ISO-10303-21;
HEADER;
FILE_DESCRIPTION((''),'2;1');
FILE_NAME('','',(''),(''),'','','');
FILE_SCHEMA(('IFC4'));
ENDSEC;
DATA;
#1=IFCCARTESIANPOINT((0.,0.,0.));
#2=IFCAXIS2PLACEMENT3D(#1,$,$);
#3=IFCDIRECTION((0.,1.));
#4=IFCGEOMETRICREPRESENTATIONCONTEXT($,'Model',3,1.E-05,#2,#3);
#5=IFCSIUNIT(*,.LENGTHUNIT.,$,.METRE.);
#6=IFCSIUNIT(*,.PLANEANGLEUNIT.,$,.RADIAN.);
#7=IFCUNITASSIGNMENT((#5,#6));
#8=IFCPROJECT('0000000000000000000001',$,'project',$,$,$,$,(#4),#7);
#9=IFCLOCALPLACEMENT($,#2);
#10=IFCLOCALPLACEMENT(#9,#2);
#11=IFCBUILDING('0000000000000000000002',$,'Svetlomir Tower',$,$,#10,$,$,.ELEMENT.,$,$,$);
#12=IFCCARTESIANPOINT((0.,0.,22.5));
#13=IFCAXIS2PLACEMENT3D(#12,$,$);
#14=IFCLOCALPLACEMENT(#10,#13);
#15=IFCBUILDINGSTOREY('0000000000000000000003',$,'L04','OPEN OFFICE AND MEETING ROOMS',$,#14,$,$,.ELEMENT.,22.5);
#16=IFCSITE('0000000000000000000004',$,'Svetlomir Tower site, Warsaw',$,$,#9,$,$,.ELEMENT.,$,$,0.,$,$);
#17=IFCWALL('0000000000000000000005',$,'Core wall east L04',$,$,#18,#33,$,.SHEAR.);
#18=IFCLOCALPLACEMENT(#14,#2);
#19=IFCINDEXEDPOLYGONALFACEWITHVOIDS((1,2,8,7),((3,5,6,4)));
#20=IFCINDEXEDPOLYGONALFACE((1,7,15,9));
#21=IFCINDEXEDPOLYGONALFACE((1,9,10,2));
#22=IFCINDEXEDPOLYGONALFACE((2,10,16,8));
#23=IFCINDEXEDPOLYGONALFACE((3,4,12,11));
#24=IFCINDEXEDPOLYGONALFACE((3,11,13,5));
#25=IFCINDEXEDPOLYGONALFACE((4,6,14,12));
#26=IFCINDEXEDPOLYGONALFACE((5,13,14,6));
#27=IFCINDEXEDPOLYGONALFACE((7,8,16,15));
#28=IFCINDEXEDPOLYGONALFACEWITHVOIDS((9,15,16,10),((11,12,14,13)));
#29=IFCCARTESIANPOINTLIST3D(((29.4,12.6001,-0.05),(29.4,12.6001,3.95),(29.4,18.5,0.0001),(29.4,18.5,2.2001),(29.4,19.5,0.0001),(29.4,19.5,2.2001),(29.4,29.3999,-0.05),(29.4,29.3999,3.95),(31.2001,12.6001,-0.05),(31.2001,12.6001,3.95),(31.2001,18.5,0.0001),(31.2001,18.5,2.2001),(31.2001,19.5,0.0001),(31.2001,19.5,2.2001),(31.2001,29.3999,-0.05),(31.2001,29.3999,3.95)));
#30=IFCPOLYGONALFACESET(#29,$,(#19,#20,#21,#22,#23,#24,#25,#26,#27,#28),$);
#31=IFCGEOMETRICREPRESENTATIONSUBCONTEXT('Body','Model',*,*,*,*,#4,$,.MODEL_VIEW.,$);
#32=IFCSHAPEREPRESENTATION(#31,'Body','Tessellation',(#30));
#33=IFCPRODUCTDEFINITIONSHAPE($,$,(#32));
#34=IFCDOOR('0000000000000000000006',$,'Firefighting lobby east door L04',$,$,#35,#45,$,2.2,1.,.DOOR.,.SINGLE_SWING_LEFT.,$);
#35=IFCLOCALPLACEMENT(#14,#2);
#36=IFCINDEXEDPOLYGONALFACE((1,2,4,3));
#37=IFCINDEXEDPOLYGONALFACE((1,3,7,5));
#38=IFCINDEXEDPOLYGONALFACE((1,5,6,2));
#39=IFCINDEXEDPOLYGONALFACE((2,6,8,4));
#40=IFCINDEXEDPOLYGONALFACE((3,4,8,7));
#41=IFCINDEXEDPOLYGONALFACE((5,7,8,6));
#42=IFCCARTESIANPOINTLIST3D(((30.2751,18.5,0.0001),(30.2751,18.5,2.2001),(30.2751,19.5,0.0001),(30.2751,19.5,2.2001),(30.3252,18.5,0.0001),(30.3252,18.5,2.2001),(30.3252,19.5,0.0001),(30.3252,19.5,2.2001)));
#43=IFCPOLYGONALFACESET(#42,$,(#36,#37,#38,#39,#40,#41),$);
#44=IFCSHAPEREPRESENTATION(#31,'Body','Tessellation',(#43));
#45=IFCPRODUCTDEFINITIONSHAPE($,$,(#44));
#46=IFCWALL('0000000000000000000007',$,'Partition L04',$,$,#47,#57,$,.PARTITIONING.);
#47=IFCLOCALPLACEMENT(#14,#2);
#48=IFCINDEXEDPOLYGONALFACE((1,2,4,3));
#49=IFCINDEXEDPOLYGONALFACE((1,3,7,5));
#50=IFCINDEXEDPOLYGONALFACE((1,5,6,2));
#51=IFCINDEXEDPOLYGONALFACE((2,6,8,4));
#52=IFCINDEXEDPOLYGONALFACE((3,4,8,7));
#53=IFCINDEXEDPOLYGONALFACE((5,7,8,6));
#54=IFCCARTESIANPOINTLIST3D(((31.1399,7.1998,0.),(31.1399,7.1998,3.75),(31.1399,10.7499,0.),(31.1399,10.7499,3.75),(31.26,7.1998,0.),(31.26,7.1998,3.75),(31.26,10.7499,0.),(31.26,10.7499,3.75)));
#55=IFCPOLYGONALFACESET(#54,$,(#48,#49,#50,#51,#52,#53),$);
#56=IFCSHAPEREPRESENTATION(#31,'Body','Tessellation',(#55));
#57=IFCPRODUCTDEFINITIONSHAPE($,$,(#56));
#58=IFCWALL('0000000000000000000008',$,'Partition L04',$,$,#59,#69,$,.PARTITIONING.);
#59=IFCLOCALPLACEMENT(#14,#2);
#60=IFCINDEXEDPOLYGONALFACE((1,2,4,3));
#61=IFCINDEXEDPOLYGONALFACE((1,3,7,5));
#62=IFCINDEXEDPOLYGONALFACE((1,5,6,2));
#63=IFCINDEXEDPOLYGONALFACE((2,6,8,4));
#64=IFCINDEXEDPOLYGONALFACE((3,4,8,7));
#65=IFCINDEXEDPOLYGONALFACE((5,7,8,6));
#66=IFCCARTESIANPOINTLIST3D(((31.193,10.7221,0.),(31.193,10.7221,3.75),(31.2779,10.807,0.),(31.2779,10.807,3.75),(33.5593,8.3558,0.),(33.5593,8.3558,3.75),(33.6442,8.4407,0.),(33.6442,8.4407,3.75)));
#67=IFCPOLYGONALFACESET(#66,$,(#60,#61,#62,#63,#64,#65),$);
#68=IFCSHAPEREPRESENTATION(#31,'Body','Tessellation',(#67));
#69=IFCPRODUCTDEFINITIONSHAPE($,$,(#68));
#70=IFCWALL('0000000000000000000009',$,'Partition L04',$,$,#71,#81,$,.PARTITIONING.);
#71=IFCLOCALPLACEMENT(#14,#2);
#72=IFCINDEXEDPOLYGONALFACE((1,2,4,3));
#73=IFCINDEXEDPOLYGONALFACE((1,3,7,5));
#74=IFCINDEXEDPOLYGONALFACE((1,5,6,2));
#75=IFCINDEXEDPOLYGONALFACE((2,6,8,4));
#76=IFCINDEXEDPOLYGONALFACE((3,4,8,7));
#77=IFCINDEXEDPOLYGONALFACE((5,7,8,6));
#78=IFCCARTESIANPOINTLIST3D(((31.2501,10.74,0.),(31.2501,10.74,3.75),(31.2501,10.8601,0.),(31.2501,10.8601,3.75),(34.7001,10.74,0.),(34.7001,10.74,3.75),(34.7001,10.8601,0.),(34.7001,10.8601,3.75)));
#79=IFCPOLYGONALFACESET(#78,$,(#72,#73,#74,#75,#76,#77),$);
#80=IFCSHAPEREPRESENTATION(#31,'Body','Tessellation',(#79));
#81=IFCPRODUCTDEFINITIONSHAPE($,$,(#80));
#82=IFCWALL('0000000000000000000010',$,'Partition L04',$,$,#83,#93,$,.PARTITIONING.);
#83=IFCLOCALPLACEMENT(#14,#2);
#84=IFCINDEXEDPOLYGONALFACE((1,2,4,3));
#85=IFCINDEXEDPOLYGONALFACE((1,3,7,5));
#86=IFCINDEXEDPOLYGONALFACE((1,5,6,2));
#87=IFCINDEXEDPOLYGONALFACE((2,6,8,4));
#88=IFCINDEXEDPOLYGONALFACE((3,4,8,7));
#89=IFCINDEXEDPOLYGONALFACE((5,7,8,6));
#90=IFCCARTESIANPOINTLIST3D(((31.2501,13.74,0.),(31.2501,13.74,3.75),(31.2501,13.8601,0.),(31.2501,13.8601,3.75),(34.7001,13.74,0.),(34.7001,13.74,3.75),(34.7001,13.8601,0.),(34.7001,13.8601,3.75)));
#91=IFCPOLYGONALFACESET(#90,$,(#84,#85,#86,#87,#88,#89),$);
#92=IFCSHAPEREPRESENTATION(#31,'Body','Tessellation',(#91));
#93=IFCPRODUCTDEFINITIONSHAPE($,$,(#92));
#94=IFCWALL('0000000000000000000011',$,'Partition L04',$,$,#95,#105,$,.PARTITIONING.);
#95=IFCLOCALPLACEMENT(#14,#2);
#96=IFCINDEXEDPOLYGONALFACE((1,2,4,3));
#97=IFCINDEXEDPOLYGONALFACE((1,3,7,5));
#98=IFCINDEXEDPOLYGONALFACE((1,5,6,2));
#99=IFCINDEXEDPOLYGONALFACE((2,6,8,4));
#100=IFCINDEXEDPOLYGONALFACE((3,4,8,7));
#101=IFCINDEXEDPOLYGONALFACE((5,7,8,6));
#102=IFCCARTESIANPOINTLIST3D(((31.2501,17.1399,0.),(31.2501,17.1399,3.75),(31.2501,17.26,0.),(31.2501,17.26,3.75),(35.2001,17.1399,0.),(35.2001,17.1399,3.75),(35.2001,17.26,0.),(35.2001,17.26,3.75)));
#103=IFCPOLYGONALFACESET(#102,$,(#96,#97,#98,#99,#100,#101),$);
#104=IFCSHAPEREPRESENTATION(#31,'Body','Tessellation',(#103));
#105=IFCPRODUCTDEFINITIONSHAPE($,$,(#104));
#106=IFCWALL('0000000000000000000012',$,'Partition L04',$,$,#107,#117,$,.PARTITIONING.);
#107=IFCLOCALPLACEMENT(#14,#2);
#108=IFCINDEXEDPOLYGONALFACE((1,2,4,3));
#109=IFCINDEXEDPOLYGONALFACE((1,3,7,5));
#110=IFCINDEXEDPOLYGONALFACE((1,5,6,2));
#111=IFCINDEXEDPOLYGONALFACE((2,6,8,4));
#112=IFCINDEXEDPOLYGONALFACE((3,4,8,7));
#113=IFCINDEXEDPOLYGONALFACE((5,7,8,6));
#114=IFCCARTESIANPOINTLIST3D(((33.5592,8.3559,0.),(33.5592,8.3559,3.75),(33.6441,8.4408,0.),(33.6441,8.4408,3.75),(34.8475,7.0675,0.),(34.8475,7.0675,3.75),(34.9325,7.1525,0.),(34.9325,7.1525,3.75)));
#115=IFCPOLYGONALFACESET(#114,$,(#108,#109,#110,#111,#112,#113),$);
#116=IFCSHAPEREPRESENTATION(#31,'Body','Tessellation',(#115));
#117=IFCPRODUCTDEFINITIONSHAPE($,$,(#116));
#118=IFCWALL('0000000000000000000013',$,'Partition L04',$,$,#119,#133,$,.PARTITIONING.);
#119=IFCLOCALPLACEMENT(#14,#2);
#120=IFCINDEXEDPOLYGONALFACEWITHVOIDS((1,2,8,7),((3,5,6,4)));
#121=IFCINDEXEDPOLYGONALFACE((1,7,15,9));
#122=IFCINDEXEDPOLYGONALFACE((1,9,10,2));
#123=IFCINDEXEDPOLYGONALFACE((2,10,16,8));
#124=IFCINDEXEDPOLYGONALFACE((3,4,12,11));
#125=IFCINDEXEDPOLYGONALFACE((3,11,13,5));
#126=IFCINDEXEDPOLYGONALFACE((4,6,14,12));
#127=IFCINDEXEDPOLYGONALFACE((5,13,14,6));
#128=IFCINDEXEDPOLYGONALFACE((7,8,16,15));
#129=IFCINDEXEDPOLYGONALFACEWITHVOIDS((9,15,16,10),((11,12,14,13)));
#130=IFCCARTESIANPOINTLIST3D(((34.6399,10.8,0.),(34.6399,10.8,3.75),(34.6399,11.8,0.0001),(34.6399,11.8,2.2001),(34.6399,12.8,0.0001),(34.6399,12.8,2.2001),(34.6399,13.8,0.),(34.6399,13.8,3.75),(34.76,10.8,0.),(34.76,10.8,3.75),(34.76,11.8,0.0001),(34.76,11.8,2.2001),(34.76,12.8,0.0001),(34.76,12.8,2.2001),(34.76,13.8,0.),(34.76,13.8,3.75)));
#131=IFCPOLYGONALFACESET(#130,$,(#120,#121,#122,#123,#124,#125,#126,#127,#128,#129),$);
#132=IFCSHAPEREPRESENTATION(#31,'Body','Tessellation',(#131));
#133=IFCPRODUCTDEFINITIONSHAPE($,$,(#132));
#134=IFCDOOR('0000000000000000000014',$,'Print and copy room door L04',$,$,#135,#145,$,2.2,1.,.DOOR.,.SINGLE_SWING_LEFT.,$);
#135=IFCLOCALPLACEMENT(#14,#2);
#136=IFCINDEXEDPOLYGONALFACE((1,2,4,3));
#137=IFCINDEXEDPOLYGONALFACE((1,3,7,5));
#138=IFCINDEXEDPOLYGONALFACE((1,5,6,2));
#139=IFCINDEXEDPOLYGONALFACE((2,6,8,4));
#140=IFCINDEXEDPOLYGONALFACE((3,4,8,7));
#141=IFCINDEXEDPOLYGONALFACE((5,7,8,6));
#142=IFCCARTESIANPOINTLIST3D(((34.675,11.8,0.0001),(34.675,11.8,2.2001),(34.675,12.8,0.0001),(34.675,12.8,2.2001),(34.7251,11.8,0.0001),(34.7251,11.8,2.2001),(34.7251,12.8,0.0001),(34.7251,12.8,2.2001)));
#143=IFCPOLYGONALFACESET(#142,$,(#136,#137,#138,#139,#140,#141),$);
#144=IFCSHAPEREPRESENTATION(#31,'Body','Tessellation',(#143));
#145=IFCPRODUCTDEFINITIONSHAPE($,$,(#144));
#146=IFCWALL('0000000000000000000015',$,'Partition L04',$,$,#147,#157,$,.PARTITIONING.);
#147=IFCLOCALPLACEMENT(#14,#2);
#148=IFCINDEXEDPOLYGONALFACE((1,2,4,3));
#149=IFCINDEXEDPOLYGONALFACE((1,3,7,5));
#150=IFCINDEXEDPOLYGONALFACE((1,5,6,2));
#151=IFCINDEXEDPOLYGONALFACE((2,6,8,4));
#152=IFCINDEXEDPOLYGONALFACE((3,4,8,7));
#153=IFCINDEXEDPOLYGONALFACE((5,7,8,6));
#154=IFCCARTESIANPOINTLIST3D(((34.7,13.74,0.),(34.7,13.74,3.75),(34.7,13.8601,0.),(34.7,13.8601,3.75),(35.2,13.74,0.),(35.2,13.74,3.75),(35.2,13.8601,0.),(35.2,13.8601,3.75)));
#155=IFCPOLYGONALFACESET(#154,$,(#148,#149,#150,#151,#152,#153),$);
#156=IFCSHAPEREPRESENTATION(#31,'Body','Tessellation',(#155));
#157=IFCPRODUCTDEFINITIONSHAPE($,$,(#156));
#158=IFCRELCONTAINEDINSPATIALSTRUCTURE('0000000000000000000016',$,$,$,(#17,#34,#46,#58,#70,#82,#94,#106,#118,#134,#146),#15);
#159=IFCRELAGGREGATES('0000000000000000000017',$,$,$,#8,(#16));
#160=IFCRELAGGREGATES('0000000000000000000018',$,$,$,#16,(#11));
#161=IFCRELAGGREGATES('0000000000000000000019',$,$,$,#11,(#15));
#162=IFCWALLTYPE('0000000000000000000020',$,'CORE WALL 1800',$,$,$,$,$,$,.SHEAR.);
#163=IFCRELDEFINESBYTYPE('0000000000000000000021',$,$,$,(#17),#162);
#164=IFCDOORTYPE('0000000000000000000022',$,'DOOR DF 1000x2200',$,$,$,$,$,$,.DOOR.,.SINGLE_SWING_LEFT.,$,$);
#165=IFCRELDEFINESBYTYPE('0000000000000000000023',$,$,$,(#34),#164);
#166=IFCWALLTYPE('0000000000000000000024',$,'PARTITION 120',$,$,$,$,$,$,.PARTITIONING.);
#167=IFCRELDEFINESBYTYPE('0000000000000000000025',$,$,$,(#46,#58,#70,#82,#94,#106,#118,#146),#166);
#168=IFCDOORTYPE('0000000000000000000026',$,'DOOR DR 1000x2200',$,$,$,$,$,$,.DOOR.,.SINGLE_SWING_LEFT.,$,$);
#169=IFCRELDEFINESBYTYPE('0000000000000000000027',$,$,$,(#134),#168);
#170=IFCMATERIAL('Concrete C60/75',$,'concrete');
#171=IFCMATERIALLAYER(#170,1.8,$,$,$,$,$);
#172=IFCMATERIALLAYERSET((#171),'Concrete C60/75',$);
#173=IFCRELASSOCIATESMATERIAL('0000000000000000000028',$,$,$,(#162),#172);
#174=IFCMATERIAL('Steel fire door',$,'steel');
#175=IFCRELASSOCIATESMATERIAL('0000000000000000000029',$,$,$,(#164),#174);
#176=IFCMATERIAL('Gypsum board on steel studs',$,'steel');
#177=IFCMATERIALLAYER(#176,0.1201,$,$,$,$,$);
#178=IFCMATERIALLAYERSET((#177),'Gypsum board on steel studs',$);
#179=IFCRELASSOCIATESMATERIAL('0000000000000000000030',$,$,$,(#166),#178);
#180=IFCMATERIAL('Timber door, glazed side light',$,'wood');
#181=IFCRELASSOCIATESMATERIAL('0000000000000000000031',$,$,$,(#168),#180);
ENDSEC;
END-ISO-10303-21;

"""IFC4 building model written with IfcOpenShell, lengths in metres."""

from ifc_helpers import new_model, si_unit, direction, frame, frame_2d, origin, place, context, subcontext, project, spatial, rectangle, extrude, material, layer, layer_set, type_object, element, fill, save


model = new_model("IFC4")

# Units and contexts
model_context = context("Model", 3, precision=1e-05, world=origin(), true_north=direction((0.0, 1.0)))
body_context = subcontext(model_context, "Body", "Model", "MODEL_VIEW")
ifc_project = project(units=[si_unit("LENGTHUNIT", "METRE"), si_unit("PLANEANGLEUNIT", "RADIAN")], contexts=[model_context])

# Site, building, storey
site_placement = place(None, origin())
site = spatial("IfcSite", under=ifc_project, at=site_placement, Name="Svetlomir Tower site, Warsaw", CompositionType="ELEMENT", RefElevation=0.0)
building_placement = place(site_placement, origin())
building = spatial("IfcBuilding", under=site, at=building_placement, Name="Svetlomir Tower", CompositionType="ELEMENT")
storey_placement = place(building_placement, frame((0.0, 0.0, 22.5)))
storey = spatial("IfcBuildingStorey", under=building, at=storey_placement, Name="L04", Description="OPEN OFFICE AND MEETING ROOMS", CompositionType="ELEMENT", Elevation=22.5)

# Wall, opening, door
ifc_material_1 = material(Name="Concrete C60/75", Category="concrete")
ifc_layer_1 = layer(ifc_material_1, 1.8)
ifc_layer_set_1 = layer_set([ifc_layer_1], Name="Concrete C60/75")
wall_type_1 = type_object("IfcWallType", Name="CORE WALL 1800", PredefinedType="SHEAR", material=ifc_layer_set_1)
wall_1_placement = place(storey_placement, frame((30.3, 12.6001, -0.05), z_axis=(0.0, 0.0, 1.0), x_axis=(0.0, 1.0, 0.0)))
wall_1 = element("IfcWall", 1, at=wall_1_placement, inside=storey, type_object=wall_type_1, Name="Core wall east L04", PredefinedType="SHEAR", context=body_context, shape_type="SweptSolid", body=[
    extrude(rectangle(XDim=16.7998, YDim=1.8, at=frame_2d((8.3999, 0.0))), origin(), (0.0, 0.0, 1.0), 4.0),
])
opening_1_placement = place(wall_1_placement, frame((5.8999, 0.0, 0.05)))
opening_1 = element("IfcOpeningElement", 2, at=opening_1_placement, cuts=wall_1, PredefinedType="OPENING", context=body_context, shape_type="SweptSolid", body=[
    extrude(rectangle(XDim=1.0, YDim=2.2, at=frame_2d((0.5, 1.1001))), frame((0.0, 0.9102, 0.0), z_axis=(0.0, -1.0, 0.0), x_axis=(1.0, 0.0, 0.0)), (0.0, 0.0, 1.0), 1.8201),
])
ifc_material_2 = material(Name="Steel fire door", Category="steel")
door_type_1 = type_object("IfcDoorType", Name="DOOR DF 1000x2200", OperationType="SINGLE_SWING_LEFT", PredefinedType="DOOR", material=ifc_material_2)
door_1_placement = place(opening_1_placement, origin())
door_1 = element("IfcDoor", 3, at=door_1_placement, inside=storey, type_object=door_type_1, Name="Firefighting lobby east door L04", OperationType="SINGLE_SWING_LEFT", OverallHeight=2.2, OverallWidth=1.0, PredefinedType="DOOR", context=body_context, shape_type="SweptSolid", body=[
    extrude(rectangle(XDim=1.0, YDim=2.2, at=frame_2d((0.5, 1.1001))), frame((0.0, 0.0249, 0.0), z_axis=(0.0, -1.0, 0.0), x_axis=(1.0, 0.0, 0.0)), (0.0, 0.0, 1.0), 0.05),
])
fill(opening_1, door_1)

# Walls
ifc_material_3 = material(Name="Gypsum board on steel studs", Category="steel")
ifc_layer_2 = layer(ifc_material_3, 0.1201)
ifc_layer_set_2 = layer_set([ifc_layer_2], Name="Gypsum board on steel studs")
wall_type_2 = type_object("IfcWallType", Name="PARTITION 120", PredefinedType="PARTITIONING", material=ifc_layer_set_2)
wall_2_placement = place(storey_placement, frame((31.2, 7.2, 0.0), z_axis=(0.0, 0.0, 1.0), x_axis=(0.0, 1.0, 0.0)))
element("IfcWall", 4, at=wall_2_placement, inside=storey, type_object=wall_type_2, Name="Partition L04", PredefinedType="PARTITIONING", context=body_context, shape_type="SweptSolid", body=[
    extrude(rectangle(XDim=3.55, YDim=0.1201, at=frame_2d((1.7749, 0.0))), origin(), (0.0, 0.0, 1.0), 3.75),
])
wall_3_placement = place(storey_placement, frame((31.2354, 10.7646, 0.0), z_axis=(0.0, 0.0, 1.0), x_axis=(0.707107, -0.707107, 0.0)))
element("IfcWall", 5, at=wall_3_placement, inside=storey, type_object=wall_type_2, Name="Partition L04", PredefinedType="PARTITIONING", context=body_context, shape_type="SweptSolid", body=[
    extrude(rectangle(XDim=3.3464, YDim=0.1201, at=frame_2d((1.6733, 0.0))), origin(), (0.0, 0.0, 1.0), 3.75),
])
for number, where, z_axis, x_axis, name in (
    (6, (31.25, 10.8, 0.0), (0.0, 0.0, 1.0), (1.0, 0.0, 0.0), "Partition L04"),
    (7, (31.25, 13.8, 0.0), (0.0, 0.0, 1.0), (1.0, 0.0, 0.0), "Partition L04"),
):
    element("IfcWall", number, at=place(storey_placement, frame(where, z_axis=z_axis, x_axis=x_axis)), inside=storey, type_object=wall_type_2, Name=name, PredefinedType="PARTITIONING", context=body_context, shape_type="SweptSolid", body=[
        extrude(rectangle(XDim=3.45, YDim=0.1201, at=frame_2d((1.7251, 0.0))), origin(), (0.0, 0.0, 1.0), 3.75),
    ])
wall_4_placement = place(storey_placement, frame((31.25, 17.2, 0.0), z_axis=(0.0, 0.0, 1.0), x_axis=(1.0, 0.0, 0.0)))
element("IfcWall", 8, at=wall_4_placement, inside=storey, type_object=wall_type_2, Name="Partition L04", PredefinedType="PARTITIONING", context=body_context, shape_type="SweptSolid", body=[
    extrude(rectangle(XDim=3.95, YDim=0.1201, at=frame_2d((1.9751, 0.0))), origin(), (0.0, 0.0, 1.0), 3.75),
])
wall_5_placement = place(storey_placement, frame((33.6016, 8.3984, 0.0), z_axis=(0.0, 0.0, 1.0), x_axis=(0.707107, -0.707107, 0.0)))
element("IfcWall", 9, at=wall_5_placement, inside=storey, type_object=wall_type_2, Name="Partition L04", PredefinedType="PARTITIONING", context=body_context, shape_type="SweptSolid", body=[
    extrude(rectangle(XDim=1.822, YDim=0.1201, at=frame_2d((0.9111, 0.0))), origin(), (0.0, 0.0, 1.0), 3.75),
])

# Wall, opening, door
wall_6_placement = place(storey_placement, frame((34.7, 10.8, 0.0), z_axis=(0.0, 0.0, 1.0), x_axis=(0.0, 1.0, 0.0)))
wall_6 = element("IfcWall", 10, at=wall_6_placement, inside=storey, type_object=wall_type_2, Name="Partition L04", PredefinedType="PARTITIONING", context=body_context, shape_type="SweptSolid", body=[
    extrude(rectangle(XDim=3.0, YDim=0.1201, at=frame_2d((1.5, 0.0))), origin(), (0.0, 0.0, 1.0), 3.75),
])
opening_2_placement = place(wall_6_placement, frame((1.0, 0.0, 0.0)))
opening_2 = element("IfcOpeningElement", 11, at=opening_2_placement, cuts=wall_6, PredefinedType="OPENING", context=body_context, shape_type="SweptSolid", body=[
    extrude(rectangle(XDim=1.0, YDim=2.2, at=frame_2d((0.5, 1.1001))), frame((0.0, 0.0701, 0.0), z_axis=(0.0, -1.0, 0.0), x_axis=(1.0, 0.0, 0.0)), (0.0, 0.0, 1.0), 0.1401),
])
ifc_material_4 = material(Name="Timber door, glazed side light", Category="wood")
door_type_2 = type_object("IfcDoorType", Name="DOOR DR 1000x2200", OperationType="SINGLE_SWING_LEFT", PredefinedType="DOOR", material=ifc_material_4)
door_2_placement = place(opening_2_placement, origin())
door_2 = element("IfcDoor", 12, at=door_2_placement, inside=storey, type_object=door_type_2, Name="Print and copy room door L04", OperationType="SINGLE_SWING_LEFT", OverallHeight=2.2, OverallWidth=1.0, PredefinedType="DOOR", context=body_context, shape_type="SweptSolid", body=[
    extrude(rectangle(XDim=1.0, YDim=2.2, at=frame_2d((0.5, 1.1001))), frame((0.0, 0.0249, 0.0), z_axis=(0.0, -1.0, 0.0), x_axis=(1.0, 0.0, 0.0)), (0.0, 0.0, 1.0), 0.05),
])
fill(opening_2, door_2)

# Wall
wall_7_placement = place(storey_placement, frame((34.7, 13.8, 0.0), z_axis=(0.0, 0.0, 1.0), x_axis=(1.0, 0.0, 0.0)))
element("IfcWall", 13, at=wall_7_placement, inside=storey, type_object=wall_type_2, Name="Partition L04", PredefinedType="PARTITIONING", context=body_context, shape_type="SweptSolid", body=[
    extrude(rectangle(XDim=0.5, YDim=0.1201, at=frame_2d((0.25, 0.0))), origin(), (0.0, 0.0, 1.0), 3.75),
])

save(model, "model.ifc")
